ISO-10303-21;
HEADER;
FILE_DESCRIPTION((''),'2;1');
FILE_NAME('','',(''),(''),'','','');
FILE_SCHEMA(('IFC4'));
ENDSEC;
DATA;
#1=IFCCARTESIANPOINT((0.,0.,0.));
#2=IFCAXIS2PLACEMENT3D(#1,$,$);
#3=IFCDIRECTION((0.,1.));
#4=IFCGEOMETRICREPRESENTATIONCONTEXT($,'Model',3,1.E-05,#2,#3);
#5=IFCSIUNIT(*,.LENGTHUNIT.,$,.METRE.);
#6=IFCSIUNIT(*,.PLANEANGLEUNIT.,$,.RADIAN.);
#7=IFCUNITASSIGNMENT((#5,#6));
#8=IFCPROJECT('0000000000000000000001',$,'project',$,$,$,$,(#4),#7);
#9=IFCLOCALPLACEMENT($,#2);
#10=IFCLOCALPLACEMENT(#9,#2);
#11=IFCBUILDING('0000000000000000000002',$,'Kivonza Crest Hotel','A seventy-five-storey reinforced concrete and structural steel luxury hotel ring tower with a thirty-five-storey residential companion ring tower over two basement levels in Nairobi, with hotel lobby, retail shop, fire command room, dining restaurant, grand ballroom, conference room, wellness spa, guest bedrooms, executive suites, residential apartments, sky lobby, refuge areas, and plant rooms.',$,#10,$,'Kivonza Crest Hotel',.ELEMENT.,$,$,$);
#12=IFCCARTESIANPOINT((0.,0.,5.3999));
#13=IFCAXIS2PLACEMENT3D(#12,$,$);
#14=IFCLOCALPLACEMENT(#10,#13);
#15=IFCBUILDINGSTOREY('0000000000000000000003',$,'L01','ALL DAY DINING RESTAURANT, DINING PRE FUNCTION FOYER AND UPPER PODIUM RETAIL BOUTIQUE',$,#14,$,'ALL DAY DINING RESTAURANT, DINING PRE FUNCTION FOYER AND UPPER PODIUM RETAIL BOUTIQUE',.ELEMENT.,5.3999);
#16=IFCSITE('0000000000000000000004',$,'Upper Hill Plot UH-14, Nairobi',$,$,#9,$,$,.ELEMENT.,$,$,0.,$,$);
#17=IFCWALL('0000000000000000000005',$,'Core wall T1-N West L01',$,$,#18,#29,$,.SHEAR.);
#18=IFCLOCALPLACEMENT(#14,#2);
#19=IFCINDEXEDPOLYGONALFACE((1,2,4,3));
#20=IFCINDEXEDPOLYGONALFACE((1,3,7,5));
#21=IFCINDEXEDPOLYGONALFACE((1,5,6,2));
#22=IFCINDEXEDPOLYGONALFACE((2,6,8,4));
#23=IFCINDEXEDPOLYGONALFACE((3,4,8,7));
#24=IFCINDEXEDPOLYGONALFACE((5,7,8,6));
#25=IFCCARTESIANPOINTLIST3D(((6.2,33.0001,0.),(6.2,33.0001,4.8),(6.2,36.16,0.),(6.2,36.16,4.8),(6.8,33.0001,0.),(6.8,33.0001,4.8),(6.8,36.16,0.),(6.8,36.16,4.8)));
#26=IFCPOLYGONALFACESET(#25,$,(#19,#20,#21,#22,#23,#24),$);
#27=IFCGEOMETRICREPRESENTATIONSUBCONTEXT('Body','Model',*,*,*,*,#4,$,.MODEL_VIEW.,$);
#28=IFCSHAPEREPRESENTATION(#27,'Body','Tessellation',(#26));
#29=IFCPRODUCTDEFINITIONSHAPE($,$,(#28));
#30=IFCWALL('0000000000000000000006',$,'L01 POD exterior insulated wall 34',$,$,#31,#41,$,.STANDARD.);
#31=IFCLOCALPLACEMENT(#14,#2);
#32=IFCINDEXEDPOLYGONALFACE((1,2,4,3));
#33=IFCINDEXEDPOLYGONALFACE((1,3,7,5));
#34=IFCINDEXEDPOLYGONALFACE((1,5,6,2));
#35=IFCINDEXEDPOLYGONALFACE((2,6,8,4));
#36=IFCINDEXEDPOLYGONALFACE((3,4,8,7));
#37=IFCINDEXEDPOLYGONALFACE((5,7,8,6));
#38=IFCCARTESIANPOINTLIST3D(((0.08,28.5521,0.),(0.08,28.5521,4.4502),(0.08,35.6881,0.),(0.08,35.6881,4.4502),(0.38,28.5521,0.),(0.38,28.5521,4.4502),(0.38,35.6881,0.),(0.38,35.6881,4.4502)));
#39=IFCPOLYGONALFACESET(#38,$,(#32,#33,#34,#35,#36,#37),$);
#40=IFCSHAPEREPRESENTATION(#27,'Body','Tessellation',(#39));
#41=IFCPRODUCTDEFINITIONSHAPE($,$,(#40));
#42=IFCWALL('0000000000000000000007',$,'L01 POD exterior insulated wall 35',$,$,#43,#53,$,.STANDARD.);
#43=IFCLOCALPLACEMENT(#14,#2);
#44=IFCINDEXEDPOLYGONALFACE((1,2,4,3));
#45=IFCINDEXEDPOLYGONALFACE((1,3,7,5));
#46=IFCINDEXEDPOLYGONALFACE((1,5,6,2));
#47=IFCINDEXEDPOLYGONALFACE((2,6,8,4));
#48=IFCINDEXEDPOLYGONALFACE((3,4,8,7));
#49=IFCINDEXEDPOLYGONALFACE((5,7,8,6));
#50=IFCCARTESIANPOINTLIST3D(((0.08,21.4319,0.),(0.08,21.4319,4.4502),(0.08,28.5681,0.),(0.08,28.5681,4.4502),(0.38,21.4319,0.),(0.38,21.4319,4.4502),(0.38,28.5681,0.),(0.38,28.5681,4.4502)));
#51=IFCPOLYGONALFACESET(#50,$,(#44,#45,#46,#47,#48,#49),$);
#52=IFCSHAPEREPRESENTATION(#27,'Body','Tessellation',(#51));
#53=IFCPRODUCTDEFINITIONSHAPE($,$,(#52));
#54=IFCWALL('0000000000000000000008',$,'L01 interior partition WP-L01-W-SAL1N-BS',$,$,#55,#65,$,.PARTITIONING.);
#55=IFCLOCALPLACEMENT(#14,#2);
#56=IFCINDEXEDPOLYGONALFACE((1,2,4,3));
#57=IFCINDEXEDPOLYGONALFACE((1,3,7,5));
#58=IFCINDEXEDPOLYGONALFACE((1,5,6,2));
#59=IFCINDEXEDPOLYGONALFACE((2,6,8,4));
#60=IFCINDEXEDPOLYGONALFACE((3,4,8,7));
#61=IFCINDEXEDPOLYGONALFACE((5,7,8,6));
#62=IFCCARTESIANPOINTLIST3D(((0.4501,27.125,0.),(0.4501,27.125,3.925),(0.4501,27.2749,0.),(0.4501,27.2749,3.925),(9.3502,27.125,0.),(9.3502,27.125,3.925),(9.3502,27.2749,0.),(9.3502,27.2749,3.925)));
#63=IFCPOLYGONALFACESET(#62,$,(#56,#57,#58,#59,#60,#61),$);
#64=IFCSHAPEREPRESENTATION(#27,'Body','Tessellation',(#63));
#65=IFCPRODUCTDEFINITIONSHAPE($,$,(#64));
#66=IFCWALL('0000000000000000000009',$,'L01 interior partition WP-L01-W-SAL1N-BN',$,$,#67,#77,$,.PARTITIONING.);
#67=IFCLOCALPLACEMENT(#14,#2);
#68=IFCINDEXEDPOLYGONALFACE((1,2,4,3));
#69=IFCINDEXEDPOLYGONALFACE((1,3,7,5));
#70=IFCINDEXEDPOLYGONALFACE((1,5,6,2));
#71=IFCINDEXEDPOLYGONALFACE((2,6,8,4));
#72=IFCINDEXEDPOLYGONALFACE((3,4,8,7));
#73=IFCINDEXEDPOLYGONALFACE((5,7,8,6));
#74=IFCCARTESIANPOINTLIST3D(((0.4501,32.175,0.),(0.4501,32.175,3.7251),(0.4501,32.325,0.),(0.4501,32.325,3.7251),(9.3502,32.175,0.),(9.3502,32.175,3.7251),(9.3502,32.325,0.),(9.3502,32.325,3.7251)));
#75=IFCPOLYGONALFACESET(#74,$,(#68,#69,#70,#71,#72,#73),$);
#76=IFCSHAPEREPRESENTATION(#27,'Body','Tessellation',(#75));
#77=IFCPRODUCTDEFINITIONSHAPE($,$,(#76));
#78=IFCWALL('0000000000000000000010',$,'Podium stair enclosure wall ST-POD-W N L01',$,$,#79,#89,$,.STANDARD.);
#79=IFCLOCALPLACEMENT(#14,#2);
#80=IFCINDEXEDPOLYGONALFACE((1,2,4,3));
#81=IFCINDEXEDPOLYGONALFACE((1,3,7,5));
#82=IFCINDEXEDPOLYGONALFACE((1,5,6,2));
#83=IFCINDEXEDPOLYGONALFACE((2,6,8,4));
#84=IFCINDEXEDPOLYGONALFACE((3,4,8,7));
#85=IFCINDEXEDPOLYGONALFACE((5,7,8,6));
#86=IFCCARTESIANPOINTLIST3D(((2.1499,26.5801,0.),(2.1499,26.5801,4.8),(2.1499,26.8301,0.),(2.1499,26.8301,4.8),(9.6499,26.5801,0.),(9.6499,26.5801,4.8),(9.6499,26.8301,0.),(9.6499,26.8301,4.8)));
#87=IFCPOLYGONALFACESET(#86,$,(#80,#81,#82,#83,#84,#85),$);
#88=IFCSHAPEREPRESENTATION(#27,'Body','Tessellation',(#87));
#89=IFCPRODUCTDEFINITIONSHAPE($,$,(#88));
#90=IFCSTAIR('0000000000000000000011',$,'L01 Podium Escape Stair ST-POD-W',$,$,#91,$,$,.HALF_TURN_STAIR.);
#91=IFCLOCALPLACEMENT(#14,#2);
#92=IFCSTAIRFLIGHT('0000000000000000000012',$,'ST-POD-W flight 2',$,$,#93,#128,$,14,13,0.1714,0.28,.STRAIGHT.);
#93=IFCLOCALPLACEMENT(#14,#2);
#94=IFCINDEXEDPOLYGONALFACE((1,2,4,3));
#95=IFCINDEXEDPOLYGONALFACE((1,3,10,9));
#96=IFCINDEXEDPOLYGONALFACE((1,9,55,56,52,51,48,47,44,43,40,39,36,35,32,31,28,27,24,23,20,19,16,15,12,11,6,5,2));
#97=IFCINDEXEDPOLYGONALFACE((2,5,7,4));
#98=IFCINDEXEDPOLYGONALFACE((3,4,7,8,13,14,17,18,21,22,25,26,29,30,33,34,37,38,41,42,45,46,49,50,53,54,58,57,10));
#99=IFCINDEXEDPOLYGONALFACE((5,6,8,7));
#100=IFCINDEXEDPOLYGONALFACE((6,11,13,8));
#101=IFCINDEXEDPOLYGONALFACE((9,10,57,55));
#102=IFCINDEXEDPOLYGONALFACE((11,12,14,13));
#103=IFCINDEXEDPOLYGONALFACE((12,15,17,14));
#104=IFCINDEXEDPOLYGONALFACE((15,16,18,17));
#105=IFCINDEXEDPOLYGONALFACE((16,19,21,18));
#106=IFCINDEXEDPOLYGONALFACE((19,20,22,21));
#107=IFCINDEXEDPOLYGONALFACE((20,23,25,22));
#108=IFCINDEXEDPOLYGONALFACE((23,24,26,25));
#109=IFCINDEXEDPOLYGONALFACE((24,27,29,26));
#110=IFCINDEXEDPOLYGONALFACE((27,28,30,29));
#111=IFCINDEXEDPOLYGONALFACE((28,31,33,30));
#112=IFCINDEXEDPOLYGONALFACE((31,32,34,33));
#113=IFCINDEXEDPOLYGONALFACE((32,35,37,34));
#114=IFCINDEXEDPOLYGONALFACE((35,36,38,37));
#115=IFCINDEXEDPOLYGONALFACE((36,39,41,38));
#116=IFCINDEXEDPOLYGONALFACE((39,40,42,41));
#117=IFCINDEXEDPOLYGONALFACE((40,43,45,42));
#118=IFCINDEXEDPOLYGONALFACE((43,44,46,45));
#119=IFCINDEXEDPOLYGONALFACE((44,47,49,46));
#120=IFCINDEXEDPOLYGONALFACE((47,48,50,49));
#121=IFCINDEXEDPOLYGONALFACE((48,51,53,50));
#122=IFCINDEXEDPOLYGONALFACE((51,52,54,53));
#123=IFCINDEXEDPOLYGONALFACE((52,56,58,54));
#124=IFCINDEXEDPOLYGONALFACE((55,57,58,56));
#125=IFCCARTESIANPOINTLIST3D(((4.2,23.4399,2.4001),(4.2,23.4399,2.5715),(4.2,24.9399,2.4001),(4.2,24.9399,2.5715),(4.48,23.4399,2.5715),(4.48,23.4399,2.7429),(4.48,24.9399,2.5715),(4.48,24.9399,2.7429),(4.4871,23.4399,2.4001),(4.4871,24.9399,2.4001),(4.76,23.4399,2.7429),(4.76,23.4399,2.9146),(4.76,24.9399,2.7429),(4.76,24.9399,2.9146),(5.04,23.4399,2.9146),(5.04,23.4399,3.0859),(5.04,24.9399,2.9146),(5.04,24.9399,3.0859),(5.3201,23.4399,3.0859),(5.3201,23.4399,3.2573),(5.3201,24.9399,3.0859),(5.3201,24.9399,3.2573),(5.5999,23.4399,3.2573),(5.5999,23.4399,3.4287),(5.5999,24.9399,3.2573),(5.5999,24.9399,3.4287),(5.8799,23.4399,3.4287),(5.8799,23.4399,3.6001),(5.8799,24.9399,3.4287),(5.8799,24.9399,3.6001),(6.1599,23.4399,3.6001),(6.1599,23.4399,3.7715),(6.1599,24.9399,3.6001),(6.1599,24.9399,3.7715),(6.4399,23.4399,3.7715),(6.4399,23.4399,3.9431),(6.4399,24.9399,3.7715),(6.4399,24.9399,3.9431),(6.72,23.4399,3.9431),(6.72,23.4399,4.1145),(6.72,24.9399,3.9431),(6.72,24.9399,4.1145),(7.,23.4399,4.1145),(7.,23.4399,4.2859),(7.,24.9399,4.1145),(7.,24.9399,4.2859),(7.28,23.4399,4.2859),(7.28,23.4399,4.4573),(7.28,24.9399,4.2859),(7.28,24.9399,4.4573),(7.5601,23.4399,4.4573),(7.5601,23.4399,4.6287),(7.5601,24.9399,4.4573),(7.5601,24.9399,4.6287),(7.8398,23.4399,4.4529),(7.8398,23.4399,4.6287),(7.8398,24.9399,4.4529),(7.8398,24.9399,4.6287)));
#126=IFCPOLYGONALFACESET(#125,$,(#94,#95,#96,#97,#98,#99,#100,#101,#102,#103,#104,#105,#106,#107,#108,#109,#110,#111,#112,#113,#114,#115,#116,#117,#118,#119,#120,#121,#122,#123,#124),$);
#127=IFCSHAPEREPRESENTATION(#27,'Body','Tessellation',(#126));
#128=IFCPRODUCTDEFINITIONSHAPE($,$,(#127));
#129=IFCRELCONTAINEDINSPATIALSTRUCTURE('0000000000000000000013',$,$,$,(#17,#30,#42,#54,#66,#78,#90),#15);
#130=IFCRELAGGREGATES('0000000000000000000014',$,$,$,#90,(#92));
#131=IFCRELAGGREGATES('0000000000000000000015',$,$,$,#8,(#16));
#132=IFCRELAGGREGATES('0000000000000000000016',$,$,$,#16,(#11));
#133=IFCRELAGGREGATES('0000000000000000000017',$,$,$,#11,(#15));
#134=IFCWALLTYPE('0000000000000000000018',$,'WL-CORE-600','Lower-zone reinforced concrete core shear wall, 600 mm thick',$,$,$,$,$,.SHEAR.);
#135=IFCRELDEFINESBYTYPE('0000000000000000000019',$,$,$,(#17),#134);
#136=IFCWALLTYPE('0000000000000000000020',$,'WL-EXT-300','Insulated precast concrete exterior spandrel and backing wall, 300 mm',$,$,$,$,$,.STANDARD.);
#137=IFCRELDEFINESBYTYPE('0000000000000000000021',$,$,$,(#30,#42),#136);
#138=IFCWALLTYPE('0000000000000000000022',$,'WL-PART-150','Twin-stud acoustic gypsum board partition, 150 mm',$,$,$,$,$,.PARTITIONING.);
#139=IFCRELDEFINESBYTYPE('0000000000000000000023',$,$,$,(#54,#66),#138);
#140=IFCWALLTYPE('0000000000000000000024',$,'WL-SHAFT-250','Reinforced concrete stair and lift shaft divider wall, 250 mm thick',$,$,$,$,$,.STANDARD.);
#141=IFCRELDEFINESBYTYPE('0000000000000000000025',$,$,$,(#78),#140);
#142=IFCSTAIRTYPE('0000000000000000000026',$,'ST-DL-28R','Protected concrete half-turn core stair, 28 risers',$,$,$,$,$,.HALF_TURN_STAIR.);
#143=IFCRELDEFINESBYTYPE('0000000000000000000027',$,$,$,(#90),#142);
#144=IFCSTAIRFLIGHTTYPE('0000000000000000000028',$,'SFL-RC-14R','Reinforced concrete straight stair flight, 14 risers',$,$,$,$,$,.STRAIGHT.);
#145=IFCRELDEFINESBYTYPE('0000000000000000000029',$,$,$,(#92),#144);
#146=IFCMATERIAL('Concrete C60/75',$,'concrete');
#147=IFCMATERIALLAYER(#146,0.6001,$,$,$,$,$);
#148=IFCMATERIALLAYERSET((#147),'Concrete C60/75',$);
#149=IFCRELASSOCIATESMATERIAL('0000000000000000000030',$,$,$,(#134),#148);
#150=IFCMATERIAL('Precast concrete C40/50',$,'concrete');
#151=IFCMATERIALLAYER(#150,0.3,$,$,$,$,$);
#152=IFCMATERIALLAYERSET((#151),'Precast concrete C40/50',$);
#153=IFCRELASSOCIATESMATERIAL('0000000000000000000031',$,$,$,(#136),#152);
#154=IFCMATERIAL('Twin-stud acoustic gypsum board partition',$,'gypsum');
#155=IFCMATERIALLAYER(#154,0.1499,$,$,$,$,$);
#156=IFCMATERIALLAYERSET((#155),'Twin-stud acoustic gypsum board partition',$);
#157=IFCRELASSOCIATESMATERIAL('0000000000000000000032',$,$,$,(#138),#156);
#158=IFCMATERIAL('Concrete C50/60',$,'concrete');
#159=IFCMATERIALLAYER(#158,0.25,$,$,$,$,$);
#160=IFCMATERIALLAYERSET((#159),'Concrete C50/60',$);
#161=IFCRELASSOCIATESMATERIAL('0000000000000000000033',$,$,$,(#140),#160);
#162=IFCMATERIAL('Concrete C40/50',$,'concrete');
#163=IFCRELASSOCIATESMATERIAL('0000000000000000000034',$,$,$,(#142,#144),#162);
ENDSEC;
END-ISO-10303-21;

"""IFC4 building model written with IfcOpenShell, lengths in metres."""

from ifc_helpers import new_model, si_unit, direction, frame, frame_2d, origin, place, context, subcontext, project, spatial, polyline, rectangle, outline, extrude, material, layer, layer_set, type_object, element, aggregate, save


model = new_model("IFC4")

# Units and contexts
model_context = context("Model", 3, precision=1e-05, world=origin(), true_north=direction((0.0, 1.0)))
body_context = subcontext(model_context, "Body", "Model", "MODEL_VIEW")
ifc_project = project(units=[si_unit("LENGTHUNIT", "METRE"), si_unit("PLANEANGLEUNIT", "RADIAN")], contexts=[model_context])

# Site, building, storey
site_placement = place(None, origin())
site = spatial("IfcSite", under=ifc_project, at=site_placement, Name="Upper Hill Plot UH-14, Nairobi", CompositionType="ELEMENT", RefElevation=0.0)
building_placement = place(site_placement, origin())
building = spatial("IfcBuilding", under=site, at=building_placement, Name="Kivonza Crest Hotel", Description="A seventy-five-storey reinforced concrete and structural steel luxury hotel ring tower with a thirty-five-storey residential companion ring tower over two basement levels in Nairobi, with hotel lobby, retail shop, fire command room, dining restaurant, grand ballroom, conference room, wellness spa, guest bedrooms, executive suites, residential apartments, sky lobby, refuge areas, and plant rooms.", LongName="Kivonza Crest Hotel", CompositionType="ELEMENT")
storey_placement = place(building_placement, frame((0.0, 0.0, 5.3999)))
storey = spatial("IfcBuildingStorey", under=building, at=storey_placement, Name="L01", Description="ALL DAY DINING RESTAURANT, DINING PRE FUNCTION FOYER AND UPPER PODIUM RETAIL BOUTIQUE", LongName="ALL DAY DINING RESTAURANT, DINING PRE FUNCTION FOYER AND UPPER PODIUM RETAIL BOUTIQUE", CompositionType="ELEMENT", Elevation=5.3999)

# Shared definitions
ifc_material_1 = material(Name="Concrete C60/75", Category="concrete")

# Shared definitions
ifc_layer_1 = layer(ifc_material_1, 0.6001)
ifc_layer_set_1 = layer_set([ifc_layer_1], Name="Concrete C60/75")
wall_type_1 = type_object("IfcWallType", Name="WL-CORE-600", Description="Lower-zone reinforced concrete core shear wall, 600 mm thick", PredefinedType="SHEAR", material=ifc_layer_set_1)

# Walls
wall_1_placement = place(storey_placement, frame((6.5, 33.0, 0.0), z_axis=(0.0, 0.0, 1.0), x_axis=(0.0, 1.0, 0.0)))
element("IfcWall", 1, at=wall_1_placement, inside=storey, type_object=wall_type_1, Name="Core wall T1-N West L01", PredefinedType="SHEAR", context=body_context, shape_type="SweptSolid", body=[
    extrude(rectangle(XDim=3.1599, YDim=0.6001, at=frame_2d((1.5801, 0.0))), origin(), (0.0, 0.0, 1.0), 4.8),
])
ifc_material_2 = material(Name="Precast concrete C40/50", Category="concrete")
ifc_layer_2 = layer(ifc_material_2, 0.3)
ifc_layer_set_2 = layer_set([ifc_layer_2], Name="Precast concrete C40/50")
wall_type_2 = type_object("IfcWallType", Name="WL-EXT-300", Description="Insulated precast concrete exterior spandrel and backing wall, 300 mm", PredefinedType="STANDARD", material=ifc_layer_set_2)
wall_2_placement = place(storey_placement, frame((0.23, 35.688, 0.0), z_axis=(0.0, 0.0, 1.0), x_axis=(0.0, -1.0, 0.0)))
element("IfcWall", 2, at=wall_2_placement, inside=storey, type_object=wall_type_2, Name="L01 POD exterior insulated wall 34", PredefinedType="STANDARD", context=body_context, shape_type="SweptSolid", body=[
    extrude(rectangle(XDim=7.136, YDim=0.3, at=frame_2d((3.5679, 0.0))), origin(), (0.0, 0.0, 1.0), 4.4502),
])
wall_3_placement = place(storey_placement, frame((0.23, 28.5681, 0.0), z_axis=(0.0, 0.0, 1.0), x_axis=(0.0, -1.0, 0.0)))
element("IfcWall", 3, at=wall_3_placement, inside=storey, type_object=wall_type_2, Name="L01 POD exterior insulated wall 35", PredefinedType="STANDARD", context=body_context, shape_type="SweptSolid", body=[
    extrude(rectangle(XDim=7.1362, YDim=0.3, at=frame_2d((3.5681, 0.0))), origin(), (0.0, 0.0, 1.0), 4.4502),
])
ifc_material_3 = material(Name="Twin-stud acoustic gypsum board partition", Category="gypsum")
ifc_layer_3 = layer(ifc_material_3, 0.1499)
ifc_layer_set_3 = layer_set([ifc_layer_3], Name="Twin-stud acoustic gypsum board partition")
wall_type_3 = type_object("IfcWallType", Name="WL-PART-150", Description="Twin-stud acoustic gypsum board partition, 150 mm", PredefinedType="PARTITIONING", material=ifc_layer_set_3)
wall_4_placement = place(storey_placement, frame((0.45, 27.2, 0.0), z_axis=(0.0, 0.0, 1.0), x_axis=(1.0, 0.0, 0.0)))
element("IfcWall", 4, at=wall_4_placement, inside=storey, type_object=wall_type_3, Name="L01 interior partition WP-L01-W-SAL1N-BS", PredefinedType="PARTITIONING", context=body_context, shape_type="SweptSolid", body=[
    extrude(rectangle(XDim=8.9001, YDim=0.1499, at=frame_2d((4.4502, 0.0))), origin(), (0.0, 0.0, 1.0), 3.925),
])
wall_5_placement = place(storey_placement, frame((0.45, 32.25, 0.0), z_axis=(0.0, 0.0, 1.0), x_axis=(1.0, 0.0, 0.0)))
element("IfcWall", 5, at=wall_5_placement, inside=storey, type_object=wall_type_3, Name="L01 interior partition WP-L01-W-SAL1N-BN", PredefinedType="PARTITIONING", context=body_context, shape_type="SweptSolid", body=[
    extrude(rectangle(XDim=8.9001, YDim=0.1499, at=frame_2d((4.4502, 0.0))), origin(), (0.0, 0.0, 1.0), 3.7251),
])
ifc_material_4 = material(Name="Concrete C50/60", Category="concrete")
ifc_layer_4 = layer(ifc_material_4, 0.25)
ifc_layer_set_4 = layer_set([ifc_layer_4], Name="Concrete C50/60")
wall_type_4 = type_object("IfcWallType", Name="WL-SHAFT-250", Description="Reinforced concrete stair and lift shaft divider wall, 250 mm thick", PredefinedType="STANDARD", material=ifc_layer_set_4)
wall_6_placement = place(storey_placement, frame((2.1499, 26.7051, 0.0), z_axis=(0.0, 0.0, 1.0), x_axis=(1.0, 0.0, 0.0)))
element("IfcWall", 6, at=wall_6_placement, inside=storey, type_object=wall_type_4, Name="Podium stair enclosure wall ST-POD-W N L01", PredefinedType="STANDARD", context=body_context, shape_type="SweptSolid", body=[
    extrude(rectangle(XDim=7.5, YDim=0.25, at=frame_2d((3.75, 0.0))), origin(), (0.0, 0.0, 1.0), 4.8),
])

# Stair, stair flight
ifc_material_5 = material(Name="Concrete C40/50", Category="concrete")
stair_type = type_object("IfcStairType", Name="ST-DL-28R", Description="Protected concrete half-turn core stair, 28 risers", PredefinedType="HALF_TURN_STAIR", material=ifc_material_5)
stair_placement = place(storey_placement, origin())
stair = element("IfcStair", 7, at=stair_placement, inside=storey, type_object=stair_type, Name="L01 Podium Escape Stair ST-POD-W", PredefinedType="HALF_TURN_STAIR")
stair_flight_type = type_object("IfcStairFlightType", Name="SFL-RC-14R", Description="Reinforced concrete straight stair flight, 14 risers", PredefinedType="STRAIGHT", material=ifc_material_5)
stair_flight_placement = place(storey_placement, frame((4.2, 24.1899, 2.4001), z_axis=(0.0, 0.0, 1.0), x_axis=(1.0, 0.0, 0.0)))
stair_flight = element("IfcStairFlight", 8, at=stair_flight_placement, type_object=stair_flight_type, Name="ST-POD-W flight 2", NumberOfRisers=14, NumberOfTreads=13, PredefinedType="STRAIGHT", RiserHeight=0.1714, TreadLength=0.28, context=body_context, shape_type="SweptSolid", body=[
    extrude(outline(polyline([(0.0, 0.0), (0.0, 0.1714), (0.28, 0.1714), (0.28, 0.3428), (0.5601, 0.3428), (0.5601, 0.5144), (0.8401, 0.5144), (0.8401, 0.6858), (1.1201, 0.6858), (1.1201, 0.8572), (1.3999, 0.8572), (1.3999, 1.0286), (1.6799, 1.0286), (1.6799, 1.2), (1.96, 1.2), (1.96, 1.3713), (2.24, 1.3713), (2.24, 1.543), (2.52, 1.543), (2.52, 1.7144), (2.8, 1.7144), (2.8, 1.8857), (3.0801, 1.8857), (3.0801, 2.0571), (3.3601, 2.0571), (3.3601, 2.2285), (3.6399, 2.2285), (3.6399, 2.3999), (3.6399, 2.0527), (0.2871, 0.0), (0.0, 0.0)])), frame((0.0, 0.75, 0.0), z_axis=(0.0, -1.0, 0.0), x_axis=(1.0, 0.0, 0.0)), (0.0, 0.0, 1.0), 1.5),
])
aggregate(stair, [stair_flight])

save(model, "model.ifc")
